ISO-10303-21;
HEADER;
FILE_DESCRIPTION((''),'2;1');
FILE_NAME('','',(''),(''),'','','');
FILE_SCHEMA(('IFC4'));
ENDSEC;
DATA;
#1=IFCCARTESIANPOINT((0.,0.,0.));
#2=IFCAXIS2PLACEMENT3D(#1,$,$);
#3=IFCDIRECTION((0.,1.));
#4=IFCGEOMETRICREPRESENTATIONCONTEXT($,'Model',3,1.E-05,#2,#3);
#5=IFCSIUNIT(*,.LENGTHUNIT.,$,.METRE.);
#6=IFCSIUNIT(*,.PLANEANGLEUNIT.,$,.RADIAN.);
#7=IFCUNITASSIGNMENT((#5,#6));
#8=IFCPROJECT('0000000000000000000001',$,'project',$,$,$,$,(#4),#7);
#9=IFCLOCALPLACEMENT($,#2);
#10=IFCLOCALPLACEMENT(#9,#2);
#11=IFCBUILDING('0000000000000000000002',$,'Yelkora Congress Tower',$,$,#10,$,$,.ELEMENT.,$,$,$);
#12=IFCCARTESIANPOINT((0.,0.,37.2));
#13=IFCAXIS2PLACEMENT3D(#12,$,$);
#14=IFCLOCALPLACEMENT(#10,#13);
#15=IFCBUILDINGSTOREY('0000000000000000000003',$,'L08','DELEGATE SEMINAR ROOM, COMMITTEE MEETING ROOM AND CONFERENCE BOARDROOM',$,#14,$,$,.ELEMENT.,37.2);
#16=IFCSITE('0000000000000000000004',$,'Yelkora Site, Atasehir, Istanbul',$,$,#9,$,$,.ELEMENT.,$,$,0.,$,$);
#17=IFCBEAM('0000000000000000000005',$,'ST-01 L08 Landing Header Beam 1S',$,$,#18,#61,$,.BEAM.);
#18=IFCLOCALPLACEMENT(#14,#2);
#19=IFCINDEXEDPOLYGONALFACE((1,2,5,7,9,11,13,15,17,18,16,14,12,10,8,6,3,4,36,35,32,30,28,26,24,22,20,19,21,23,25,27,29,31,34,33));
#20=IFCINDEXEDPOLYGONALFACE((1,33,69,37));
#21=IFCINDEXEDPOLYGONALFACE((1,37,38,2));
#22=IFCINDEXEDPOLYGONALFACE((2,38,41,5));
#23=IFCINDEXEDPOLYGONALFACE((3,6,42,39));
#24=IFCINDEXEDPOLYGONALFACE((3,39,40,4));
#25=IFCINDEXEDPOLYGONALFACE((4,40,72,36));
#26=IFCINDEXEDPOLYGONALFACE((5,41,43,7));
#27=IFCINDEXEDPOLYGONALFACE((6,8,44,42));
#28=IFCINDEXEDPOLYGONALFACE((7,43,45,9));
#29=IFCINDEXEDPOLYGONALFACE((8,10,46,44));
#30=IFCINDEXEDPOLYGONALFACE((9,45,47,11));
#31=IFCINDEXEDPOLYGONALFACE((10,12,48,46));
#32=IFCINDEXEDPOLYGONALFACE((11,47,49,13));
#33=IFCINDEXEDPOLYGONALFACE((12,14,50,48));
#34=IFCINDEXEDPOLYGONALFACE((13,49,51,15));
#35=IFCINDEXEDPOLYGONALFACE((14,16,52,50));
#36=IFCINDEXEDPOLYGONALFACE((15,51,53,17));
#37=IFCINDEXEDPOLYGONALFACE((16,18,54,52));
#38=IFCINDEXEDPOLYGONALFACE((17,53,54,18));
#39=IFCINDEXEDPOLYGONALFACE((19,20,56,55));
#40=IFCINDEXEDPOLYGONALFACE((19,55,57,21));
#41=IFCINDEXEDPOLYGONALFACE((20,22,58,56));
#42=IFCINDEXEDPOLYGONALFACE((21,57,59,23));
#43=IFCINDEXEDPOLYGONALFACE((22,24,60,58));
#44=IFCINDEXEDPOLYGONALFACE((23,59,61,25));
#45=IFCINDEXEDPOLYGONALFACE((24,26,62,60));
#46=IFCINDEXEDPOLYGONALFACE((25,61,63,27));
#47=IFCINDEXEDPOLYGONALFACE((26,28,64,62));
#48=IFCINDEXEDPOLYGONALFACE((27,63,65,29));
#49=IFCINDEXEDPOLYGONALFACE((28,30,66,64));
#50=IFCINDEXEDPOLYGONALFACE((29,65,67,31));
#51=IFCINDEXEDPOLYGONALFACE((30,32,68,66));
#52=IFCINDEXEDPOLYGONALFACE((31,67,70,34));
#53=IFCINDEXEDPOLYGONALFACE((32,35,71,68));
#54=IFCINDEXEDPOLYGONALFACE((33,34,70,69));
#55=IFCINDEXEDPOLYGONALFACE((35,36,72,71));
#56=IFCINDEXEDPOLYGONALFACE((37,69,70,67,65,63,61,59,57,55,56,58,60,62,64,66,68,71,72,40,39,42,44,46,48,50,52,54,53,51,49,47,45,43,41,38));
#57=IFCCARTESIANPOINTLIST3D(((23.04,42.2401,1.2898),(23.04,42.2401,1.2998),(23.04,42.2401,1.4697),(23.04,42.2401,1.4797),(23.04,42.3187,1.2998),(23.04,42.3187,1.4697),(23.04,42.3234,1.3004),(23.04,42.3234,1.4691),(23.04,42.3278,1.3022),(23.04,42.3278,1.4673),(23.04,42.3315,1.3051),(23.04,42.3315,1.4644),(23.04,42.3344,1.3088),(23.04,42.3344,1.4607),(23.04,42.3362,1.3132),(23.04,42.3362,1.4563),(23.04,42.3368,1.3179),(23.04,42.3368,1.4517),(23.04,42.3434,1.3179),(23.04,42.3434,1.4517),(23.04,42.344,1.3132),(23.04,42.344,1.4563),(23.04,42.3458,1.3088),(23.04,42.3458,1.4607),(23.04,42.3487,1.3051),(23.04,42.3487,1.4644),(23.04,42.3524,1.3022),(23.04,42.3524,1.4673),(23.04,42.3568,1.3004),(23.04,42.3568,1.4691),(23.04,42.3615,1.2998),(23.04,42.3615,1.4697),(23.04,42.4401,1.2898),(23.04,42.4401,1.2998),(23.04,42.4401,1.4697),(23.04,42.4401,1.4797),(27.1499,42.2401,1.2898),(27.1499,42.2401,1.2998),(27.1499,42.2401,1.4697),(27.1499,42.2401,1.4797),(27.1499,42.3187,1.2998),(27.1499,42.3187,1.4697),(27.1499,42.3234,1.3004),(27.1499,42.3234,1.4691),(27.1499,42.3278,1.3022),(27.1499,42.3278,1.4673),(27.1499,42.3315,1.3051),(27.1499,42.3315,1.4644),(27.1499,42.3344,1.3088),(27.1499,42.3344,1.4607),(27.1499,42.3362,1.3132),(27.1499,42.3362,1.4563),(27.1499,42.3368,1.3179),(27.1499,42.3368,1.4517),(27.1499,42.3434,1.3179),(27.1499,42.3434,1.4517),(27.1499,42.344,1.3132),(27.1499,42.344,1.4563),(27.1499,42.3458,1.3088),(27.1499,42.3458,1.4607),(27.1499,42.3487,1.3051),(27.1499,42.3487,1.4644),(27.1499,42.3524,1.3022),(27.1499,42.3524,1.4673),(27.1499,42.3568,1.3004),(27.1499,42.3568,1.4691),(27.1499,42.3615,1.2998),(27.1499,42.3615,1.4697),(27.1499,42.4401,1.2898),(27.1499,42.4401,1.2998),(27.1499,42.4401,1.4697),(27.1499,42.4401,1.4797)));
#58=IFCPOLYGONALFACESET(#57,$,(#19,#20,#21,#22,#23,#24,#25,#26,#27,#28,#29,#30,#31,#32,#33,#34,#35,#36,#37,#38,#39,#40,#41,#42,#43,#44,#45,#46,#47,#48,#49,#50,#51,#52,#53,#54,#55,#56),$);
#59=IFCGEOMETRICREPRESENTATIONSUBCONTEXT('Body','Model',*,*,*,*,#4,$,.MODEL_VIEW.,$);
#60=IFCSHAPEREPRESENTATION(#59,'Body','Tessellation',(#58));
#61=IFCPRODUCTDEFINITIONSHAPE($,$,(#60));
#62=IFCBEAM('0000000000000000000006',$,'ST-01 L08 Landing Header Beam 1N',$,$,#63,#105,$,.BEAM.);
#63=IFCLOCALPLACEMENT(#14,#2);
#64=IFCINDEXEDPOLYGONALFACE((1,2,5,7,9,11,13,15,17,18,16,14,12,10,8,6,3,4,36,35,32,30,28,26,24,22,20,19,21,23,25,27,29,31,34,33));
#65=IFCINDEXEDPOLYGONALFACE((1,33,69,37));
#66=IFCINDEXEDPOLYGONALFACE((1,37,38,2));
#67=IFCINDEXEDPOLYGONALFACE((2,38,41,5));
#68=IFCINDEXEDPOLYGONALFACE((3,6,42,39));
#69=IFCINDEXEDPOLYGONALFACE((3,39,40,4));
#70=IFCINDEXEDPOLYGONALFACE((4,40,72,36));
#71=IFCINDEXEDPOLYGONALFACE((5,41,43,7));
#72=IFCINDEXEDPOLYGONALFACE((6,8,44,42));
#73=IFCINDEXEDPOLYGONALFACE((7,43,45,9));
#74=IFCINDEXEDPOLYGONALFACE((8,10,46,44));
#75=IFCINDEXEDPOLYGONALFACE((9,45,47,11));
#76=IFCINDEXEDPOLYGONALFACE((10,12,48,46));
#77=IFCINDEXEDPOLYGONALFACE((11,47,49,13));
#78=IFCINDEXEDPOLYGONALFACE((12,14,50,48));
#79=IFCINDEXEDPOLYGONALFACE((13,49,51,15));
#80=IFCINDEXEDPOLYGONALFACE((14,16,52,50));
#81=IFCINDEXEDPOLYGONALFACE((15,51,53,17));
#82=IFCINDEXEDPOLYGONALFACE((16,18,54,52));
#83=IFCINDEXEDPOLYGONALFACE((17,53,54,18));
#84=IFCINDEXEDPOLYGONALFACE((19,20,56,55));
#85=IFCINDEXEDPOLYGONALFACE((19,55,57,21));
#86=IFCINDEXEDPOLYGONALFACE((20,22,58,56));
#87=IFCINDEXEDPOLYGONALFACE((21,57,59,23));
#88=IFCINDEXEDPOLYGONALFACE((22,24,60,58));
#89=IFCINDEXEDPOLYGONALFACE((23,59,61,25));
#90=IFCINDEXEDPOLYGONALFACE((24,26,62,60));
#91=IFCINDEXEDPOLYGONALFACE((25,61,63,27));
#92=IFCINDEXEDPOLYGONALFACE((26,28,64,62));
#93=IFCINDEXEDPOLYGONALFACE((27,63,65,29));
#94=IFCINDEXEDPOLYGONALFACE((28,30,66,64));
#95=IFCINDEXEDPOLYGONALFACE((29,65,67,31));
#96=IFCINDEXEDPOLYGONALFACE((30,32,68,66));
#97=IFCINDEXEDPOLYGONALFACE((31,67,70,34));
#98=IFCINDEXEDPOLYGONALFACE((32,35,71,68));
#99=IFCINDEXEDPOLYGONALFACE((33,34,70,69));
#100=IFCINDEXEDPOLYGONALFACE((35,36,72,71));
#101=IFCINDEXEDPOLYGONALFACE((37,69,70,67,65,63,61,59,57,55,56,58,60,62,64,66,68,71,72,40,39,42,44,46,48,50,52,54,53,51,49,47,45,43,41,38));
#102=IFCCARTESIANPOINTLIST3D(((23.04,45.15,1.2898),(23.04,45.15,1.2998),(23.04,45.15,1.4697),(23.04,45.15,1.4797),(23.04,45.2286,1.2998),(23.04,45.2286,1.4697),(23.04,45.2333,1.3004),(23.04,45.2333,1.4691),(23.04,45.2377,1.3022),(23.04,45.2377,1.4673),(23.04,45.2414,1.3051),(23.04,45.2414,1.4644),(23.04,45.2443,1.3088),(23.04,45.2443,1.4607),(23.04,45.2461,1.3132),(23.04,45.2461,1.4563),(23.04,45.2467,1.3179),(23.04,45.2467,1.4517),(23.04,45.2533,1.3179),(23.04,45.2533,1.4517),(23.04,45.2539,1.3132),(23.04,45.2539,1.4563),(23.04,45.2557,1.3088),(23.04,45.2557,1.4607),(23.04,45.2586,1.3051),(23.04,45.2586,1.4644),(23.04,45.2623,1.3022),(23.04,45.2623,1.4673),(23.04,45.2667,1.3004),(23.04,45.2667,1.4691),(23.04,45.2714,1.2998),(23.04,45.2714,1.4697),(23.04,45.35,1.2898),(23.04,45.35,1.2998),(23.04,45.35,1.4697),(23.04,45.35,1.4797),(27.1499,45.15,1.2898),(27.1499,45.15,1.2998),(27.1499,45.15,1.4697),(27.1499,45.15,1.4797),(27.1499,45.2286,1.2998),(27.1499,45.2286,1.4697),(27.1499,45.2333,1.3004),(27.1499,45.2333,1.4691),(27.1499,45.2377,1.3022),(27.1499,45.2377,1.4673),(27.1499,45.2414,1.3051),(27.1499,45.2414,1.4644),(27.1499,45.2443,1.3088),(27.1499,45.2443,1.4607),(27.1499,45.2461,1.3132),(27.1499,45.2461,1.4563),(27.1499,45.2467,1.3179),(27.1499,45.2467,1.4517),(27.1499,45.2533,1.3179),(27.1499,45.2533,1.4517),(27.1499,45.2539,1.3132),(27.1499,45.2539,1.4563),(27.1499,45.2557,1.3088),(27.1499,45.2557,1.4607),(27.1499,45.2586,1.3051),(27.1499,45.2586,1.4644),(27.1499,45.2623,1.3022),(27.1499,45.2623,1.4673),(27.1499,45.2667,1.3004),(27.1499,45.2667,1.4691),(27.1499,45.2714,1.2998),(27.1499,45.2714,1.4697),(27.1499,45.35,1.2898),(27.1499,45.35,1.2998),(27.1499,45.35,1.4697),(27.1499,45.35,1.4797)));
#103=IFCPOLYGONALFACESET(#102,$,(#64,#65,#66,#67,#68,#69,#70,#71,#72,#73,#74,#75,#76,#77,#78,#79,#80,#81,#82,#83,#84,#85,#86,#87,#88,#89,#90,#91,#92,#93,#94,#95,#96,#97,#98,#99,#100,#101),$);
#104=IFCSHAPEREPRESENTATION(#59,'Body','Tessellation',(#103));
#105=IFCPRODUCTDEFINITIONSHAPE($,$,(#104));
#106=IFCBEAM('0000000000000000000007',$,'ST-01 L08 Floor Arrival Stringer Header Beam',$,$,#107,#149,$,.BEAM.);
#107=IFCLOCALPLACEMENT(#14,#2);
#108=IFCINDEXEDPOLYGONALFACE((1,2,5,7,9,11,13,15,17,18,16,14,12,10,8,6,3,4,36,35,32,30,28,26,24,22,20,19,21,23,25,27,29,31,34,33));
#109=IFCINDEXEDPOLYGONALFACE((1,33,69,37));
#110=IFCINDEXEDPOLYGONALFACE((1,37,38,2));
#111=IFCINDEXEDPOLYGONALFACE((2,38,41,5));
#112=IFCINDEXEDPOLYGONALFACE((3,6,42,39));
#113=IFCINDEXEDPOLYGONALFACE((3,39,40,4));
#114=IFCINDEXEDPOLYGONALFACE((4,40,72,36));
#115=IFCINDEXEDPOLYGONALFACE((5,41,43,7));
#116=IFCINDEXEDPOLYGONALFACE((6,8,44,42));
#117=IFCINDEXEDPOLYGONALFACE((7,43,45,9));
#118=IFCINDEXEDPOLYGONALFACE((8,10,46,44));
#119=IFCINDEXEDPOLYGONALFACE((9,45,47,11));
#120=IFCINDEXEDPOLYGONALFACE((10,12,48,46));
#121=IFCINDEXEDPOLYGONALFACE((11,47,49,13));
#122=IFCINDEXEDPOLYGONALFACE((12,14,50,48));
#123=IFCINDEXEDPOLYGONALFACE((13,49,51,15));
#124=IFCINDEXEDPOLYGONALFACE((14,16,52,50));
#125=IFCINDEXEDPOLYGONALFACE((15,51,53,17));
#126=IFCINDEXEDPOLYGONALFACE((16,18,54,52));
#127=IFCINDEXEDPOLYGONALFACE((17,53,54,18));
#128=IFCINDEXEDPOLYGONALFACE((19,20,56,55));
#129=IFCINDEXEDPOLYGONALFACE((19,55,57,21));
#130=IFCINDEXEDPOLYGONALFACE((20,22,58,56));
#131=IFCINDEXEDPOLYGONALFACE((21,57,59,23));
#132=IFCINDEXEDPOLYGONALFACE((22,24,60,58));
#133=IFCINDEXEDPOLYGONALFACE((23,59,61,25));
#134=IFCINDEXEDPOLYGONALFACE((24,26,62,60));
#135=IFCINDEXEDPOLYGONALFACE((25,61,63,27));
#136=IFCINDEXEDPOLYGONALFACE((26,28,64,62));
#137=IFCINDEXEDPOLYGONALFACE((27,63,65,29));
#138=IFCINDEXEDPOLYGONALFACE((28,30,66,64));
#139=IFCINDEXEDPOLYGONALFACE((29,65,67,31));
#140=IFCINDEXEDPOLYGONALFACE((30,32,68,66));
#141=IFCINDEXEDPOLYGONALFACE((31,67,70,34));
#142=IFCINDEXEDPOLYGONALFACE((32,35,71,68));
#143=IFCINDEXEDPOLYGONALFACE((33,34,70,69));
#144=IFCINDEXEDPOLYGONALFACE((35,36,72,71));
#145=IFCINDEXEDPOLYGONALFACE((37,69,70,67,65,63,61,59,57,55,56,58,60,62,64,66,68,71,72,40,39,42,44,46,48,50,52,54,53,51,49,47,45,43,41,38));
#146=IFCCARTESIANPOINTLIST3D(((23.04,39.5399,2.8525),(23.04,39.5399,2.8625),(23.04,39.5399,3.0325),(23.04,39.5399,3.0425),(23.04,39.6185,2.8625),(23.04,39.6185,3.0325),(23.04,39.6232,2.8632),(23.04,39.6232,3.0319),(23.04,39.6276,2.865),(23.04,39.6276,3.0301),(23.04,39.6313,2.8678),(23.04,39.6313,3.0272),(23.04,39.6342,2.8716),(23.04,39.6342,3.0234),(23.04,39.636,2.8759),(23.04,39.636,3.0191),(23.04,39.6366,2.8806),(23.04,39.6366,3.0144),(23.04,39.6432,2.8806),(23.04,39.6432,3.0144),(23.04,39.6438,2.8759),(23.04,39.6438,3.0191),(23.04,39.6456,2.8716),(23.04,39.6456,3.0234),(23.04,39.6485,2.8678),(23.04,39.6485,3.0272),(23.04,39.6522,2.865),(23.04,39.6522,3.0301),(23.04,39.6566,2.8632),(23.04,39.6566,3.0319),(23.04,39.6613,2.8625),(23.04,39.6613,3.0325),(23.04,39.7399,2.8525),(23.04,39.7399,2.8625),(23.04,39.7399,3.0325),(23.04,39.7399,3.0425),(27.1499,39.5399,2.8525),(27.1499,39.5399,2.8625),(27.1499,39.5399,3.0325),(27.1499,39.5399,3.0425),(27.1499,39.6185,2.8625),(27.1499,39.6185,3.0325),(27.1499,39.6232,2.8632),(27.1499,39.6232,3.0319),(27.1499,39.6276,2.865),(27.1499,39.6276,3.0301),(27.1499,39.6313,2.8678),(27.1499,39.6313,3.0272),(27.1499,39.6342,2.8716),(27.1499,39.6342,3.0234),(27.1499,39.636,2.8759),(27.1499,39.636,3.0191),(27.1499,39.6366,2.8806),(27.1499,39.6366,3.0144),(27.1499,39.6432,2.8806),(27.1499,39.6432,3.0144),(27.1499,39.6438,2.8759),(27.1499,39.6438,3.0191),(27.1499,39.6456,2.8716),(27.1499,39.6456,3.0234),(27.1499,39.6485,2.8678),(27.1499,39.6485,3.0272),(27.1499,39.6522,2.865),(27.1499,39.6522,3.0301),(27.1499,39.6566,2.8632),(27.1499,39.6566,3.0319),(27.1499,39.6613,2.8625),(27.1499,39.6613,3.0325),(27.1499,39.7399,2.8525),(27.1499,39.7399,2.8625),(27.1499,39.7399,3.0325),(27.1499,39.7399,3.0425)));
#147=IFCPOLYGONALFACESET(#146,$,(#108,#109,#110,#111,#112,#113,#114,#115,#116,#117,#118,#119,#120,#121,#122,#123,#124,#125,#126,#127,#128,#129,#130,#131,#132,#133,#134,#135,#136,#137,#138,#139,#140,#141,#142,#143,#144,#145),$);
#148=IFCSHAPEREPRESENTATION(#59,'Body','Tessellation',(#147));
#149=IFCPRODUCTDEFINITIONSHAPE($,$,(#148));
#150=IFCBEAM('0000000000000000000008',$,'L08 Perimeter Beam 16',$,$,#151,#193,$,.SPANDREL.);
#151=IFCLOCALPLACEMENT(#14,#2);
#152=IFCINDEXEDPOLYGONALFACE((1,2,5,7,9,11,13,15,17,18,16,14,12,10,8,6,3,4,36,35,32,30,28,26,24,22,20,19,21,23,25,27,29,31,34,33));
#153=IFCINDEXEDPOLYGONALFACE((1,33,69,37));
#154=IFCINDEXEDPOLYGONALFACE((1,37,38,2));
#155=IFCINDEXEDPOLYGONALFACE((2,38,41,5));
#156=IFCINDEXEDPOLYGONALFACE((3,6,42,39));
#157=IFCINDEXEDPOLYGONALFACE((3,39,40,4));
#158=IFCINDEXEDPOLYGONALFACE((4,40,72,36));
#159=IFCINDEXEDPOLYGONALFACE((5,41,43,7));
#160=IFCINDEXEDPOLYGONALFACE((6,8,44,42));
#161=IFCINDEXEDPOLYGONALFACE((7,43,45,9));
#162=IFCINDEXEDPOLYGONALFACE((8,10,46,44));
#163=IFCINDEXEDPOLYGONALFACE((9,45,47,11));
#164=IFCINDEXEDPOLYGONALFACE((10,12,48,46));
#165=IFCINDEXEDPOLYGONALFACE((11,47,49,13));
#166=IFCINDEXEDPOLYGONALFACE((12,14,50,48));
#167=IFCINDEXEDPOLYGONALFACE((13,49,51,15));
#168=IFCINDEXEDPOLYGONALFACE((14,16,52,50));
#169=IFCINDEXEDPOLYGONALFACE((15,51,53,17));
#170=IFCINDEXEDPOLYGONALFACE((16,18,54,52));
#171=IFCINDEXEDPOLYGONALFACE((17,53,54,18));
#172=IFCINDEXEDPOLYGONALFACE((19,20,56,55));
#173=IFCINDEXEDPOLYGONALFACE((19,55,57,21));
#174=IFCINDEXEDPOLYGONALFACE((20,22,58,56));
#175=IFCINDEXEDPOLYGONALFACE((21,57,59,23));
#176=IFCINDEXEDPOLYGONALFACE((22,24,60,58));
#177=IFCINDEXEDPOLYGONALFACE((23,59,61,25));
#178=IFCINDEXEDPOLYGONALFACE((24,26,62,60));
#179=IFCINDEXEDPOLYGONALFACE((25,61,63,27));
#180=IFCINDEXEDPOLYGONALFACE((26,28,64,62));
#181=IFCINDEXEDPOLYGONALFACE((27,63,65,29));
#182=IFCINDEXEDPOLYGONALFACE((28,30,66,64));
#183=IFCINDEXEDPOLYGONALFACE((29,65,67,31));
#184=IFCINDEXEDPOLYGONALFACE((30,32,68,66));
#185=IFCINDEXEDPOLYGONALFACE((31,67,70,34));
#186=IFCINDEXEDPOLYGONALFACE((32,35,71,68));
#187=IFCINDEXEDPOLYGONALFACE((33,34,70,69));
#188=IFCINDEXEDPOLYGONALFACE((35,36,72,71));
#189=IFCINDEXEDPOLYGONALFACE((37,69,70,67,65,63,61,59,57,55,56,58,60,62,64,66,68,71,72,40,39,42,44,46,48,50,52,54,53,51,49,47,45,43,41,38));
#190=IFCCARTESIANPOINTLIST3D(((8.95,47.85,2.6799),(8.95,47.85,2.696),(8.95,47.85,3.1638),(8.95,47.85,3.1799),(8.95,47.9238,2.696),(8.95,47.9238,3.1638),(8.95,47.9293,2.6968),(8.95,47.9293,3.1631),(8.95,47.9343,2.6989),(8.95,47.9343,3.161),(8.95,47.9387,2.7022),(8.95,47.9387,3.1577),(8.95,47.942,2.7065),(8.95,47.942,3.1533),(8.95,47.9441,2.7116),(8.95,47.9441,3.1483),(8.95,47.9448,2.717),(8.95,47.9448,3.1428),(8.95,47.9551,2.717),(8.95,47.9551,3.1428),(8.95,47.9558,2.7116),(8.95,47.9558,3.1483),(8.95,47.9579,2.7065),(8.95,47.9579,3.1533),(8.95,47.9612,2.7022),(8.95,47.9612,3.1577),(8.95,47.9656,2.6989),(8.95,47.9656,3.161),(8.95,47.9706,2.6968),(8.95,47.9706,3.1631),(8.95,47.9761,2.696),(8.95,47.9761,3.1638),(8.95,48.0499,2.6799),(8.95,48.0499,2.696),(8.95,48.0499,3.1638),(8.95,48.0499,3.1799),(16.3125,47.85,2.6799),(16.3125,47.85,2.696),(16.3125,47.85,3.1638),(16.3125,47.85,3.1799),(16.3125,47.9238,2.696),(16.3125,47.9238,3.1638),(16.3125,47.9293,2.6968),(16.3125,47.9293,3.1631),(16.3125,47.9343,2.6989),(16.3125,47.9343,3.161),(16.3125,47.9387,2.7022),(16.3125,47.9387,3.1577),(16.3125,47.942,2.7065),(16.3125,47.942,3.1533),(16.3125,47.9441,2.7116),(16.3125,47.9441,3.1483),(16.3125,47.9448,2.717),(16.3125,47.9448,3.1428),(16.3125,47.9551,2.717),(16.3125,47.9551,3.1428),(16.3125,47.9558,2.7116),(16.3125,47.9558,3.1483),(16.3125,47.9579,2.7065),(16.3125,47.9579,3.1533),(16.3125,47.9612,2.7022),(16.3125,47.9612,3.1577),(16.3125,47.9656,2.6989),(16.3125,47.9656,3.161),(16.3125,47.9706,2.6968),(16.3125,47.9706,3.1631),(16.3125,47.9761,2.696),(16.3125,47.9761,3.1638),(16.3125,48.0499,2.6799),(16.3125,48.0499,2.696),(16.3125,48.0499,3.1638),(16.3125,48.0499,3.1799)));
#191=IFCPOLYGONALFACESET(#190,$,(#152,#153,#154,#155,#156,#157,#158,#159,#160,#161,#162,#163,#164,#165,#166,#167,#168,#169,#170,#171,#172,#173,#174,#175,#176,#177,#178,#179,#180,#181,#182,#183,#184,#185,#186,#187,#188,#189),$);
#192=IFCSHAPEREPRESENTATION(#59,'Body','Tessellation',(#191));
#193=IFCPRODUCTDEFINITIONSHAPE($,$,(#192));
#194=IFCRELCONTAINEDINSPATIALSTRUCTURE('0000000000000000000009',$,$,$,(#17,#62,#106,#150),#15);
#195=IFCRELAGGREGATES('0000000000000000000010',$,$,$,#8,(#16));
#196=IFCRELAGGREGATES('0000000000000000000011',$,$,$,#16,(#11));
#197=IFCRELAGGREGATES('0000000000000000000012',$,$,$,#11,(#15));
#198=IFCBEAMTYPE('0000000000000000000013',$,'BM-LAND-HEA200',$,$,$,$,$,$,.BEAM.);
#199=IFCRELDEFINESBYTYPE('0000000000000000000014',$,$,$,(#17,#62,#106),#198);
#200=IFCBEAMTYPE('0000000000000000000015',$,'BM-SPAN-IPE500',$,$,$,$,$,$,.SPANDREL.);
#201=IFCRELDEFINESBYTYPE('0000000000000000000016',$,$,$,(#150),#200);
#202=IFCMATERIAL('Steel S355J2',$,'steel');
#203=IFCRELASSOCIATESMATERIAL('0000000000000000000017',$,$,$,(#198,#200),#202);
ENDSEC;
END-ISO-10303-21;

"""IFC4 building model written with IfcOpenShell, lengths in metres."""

from ifc_helpers import new_model, si_unit, direction, frame, origin, origin_2d, place, context, subcontext, project, spatial, i_section, extrude, material, material_profile, profile_set, type_object, element, save


model = new_model("IFC4")

# Units and contexts
model_context = context("Model", 3, precision=1e-05, world=origin(), true_north=direction((0.0, 1.0)))
body_context = subcontext(model_context, "Body", "Model", "MODEL_VIEW")
ifc_project = project(units=[si_unit("LENGTHUNIT", "METRE"), si_unit("PLANEANGLEUNIT", "RADIAN")], contexts=[model_context])

# Site, building, storey
site_placement = place(None, origin())
site = spatial("IfcSite", under=ifc_project, at=site_placement, Name="Yelkora Site, Atasehir, Istanbul", CompositionType="ELEMENT", RefElevation=0.0)
building_placement = place(site_placement, origin())
building = spatial("IfcBuilding", under=site, at=building_placement, Name="Yelkora Congress Tower", CompositionType="ELEMENT")
storey_placement = place(building_placement, frame((0.0, 0.0, 37.2)))
storey = spatial("IfcBuildingStorey", under=building, at=storey_placement, Name="L08", Description="DELEGATE SEMINAR ROOM, COMMITTEE MEETING ROOM AND CONFERENCE BOARDROOM", CompositionType="ELEMENT", Elevation=37.2)

# Beams
ifc_material_1 = material(Name="Steel S355J2", Category="steel")
ifc_material_profile_1 = material_profile(ifc_material_1, i_section(OverallWidth=0.2, OverallDepth=0.1899, WebThickness=0.0066, FlangeThickness=0.01, FilletRadius=0.0181, at=origin_2d()), Name="HEA 200")
ifc_profile_set_1 = profile_set([ifc_material_profile_1], Name="Steel S355J2")
beam_type_1 = type_object("IfcBeamType", Name="BM-LAND-HEA200", PredefinedType="BEAM", material=ifc_profile_set_1)
for number, where, z_axis, x_axis, name in (
    (1, (23.04, 42.3401, 1.3848), (1.0, 0.0, 0.0), (0.0, 1.0, 0.0), "ST-01 L08 Landing Header Beam 1S"),
    (2, (23.04, 45.25, 1.3848), (1.0, 0.0, 0.0), (0.0, 1.0, 0.0), "ST-01 L08 Landing Header Beam 1N"),
    (3, (23.04, 39.6399, 2.9475), (1.0, 0.0, 0.0), (0.0, 1.0, 0.0), "ST-01 L08 Floor Arrival Stringer Header Beam"),
):
    element("IfcBeam", number, at=place(storey_placement, frame(where, z_axis=z_axis, x_axis=x_axis)), inside=storey, type_object=beam_type_1, Name=name, PredefinedType="BEAM", context=body_context, shape_type="SweptSolid", body=[
        extrude(i_section(OverallWidth=0.2, OverallDepth=0.1899, WebThickness=0.0066, FlangeThickness=0.01, FilletRadius=0.0181, at=origin_2d()), origin(), (0.0, 0.0, 1.0), 4.1099),
    ])
ifc_material_profile_2 = material_profile(ifc_material_1, i_section(OverallWidth=0.2, OverallDepth=0.5, WebThickness=0.0103, FlangeThickness=0.0161, FilletRadius=0.021, at=origin_2d()), Name="IPE 500")
ifc_profile_set_2 = profile_set([ifc_material_profile_2], Name="Steel S355J2")
beam_type_2 = type_object("IfcBeamType", Name="BM-SPAN-IPE500", PredefinedType="SPANDREL", material=ifc_profile_set_2)
beam_1_placement = place(storey_placement, frame((16.3125, 47.95, 2.9299), z_axis=(-1.0, 0.0, 0.0), x_axis=(0.0, -1.0, 0.0)))
element("IfcBeam", 4, at=beam_1_placement, inside=storey, type_object=beam_type_2, Name="L08 Perimeter Beam 16", PredefinedType="SPANDREL", context=body_context, shape_type="SweptSolid", body=[
    extrude(i_section(OverallWidth=0.2, OverallDepth=0.5, WebThickness=0.0103, FlangeThickness=0.0161, FilletRadius=0.021, at=origin_2d()), origin(), (0.0, 0.0, 1.0), 7.3625),
])

save(model, "model.ifc")
